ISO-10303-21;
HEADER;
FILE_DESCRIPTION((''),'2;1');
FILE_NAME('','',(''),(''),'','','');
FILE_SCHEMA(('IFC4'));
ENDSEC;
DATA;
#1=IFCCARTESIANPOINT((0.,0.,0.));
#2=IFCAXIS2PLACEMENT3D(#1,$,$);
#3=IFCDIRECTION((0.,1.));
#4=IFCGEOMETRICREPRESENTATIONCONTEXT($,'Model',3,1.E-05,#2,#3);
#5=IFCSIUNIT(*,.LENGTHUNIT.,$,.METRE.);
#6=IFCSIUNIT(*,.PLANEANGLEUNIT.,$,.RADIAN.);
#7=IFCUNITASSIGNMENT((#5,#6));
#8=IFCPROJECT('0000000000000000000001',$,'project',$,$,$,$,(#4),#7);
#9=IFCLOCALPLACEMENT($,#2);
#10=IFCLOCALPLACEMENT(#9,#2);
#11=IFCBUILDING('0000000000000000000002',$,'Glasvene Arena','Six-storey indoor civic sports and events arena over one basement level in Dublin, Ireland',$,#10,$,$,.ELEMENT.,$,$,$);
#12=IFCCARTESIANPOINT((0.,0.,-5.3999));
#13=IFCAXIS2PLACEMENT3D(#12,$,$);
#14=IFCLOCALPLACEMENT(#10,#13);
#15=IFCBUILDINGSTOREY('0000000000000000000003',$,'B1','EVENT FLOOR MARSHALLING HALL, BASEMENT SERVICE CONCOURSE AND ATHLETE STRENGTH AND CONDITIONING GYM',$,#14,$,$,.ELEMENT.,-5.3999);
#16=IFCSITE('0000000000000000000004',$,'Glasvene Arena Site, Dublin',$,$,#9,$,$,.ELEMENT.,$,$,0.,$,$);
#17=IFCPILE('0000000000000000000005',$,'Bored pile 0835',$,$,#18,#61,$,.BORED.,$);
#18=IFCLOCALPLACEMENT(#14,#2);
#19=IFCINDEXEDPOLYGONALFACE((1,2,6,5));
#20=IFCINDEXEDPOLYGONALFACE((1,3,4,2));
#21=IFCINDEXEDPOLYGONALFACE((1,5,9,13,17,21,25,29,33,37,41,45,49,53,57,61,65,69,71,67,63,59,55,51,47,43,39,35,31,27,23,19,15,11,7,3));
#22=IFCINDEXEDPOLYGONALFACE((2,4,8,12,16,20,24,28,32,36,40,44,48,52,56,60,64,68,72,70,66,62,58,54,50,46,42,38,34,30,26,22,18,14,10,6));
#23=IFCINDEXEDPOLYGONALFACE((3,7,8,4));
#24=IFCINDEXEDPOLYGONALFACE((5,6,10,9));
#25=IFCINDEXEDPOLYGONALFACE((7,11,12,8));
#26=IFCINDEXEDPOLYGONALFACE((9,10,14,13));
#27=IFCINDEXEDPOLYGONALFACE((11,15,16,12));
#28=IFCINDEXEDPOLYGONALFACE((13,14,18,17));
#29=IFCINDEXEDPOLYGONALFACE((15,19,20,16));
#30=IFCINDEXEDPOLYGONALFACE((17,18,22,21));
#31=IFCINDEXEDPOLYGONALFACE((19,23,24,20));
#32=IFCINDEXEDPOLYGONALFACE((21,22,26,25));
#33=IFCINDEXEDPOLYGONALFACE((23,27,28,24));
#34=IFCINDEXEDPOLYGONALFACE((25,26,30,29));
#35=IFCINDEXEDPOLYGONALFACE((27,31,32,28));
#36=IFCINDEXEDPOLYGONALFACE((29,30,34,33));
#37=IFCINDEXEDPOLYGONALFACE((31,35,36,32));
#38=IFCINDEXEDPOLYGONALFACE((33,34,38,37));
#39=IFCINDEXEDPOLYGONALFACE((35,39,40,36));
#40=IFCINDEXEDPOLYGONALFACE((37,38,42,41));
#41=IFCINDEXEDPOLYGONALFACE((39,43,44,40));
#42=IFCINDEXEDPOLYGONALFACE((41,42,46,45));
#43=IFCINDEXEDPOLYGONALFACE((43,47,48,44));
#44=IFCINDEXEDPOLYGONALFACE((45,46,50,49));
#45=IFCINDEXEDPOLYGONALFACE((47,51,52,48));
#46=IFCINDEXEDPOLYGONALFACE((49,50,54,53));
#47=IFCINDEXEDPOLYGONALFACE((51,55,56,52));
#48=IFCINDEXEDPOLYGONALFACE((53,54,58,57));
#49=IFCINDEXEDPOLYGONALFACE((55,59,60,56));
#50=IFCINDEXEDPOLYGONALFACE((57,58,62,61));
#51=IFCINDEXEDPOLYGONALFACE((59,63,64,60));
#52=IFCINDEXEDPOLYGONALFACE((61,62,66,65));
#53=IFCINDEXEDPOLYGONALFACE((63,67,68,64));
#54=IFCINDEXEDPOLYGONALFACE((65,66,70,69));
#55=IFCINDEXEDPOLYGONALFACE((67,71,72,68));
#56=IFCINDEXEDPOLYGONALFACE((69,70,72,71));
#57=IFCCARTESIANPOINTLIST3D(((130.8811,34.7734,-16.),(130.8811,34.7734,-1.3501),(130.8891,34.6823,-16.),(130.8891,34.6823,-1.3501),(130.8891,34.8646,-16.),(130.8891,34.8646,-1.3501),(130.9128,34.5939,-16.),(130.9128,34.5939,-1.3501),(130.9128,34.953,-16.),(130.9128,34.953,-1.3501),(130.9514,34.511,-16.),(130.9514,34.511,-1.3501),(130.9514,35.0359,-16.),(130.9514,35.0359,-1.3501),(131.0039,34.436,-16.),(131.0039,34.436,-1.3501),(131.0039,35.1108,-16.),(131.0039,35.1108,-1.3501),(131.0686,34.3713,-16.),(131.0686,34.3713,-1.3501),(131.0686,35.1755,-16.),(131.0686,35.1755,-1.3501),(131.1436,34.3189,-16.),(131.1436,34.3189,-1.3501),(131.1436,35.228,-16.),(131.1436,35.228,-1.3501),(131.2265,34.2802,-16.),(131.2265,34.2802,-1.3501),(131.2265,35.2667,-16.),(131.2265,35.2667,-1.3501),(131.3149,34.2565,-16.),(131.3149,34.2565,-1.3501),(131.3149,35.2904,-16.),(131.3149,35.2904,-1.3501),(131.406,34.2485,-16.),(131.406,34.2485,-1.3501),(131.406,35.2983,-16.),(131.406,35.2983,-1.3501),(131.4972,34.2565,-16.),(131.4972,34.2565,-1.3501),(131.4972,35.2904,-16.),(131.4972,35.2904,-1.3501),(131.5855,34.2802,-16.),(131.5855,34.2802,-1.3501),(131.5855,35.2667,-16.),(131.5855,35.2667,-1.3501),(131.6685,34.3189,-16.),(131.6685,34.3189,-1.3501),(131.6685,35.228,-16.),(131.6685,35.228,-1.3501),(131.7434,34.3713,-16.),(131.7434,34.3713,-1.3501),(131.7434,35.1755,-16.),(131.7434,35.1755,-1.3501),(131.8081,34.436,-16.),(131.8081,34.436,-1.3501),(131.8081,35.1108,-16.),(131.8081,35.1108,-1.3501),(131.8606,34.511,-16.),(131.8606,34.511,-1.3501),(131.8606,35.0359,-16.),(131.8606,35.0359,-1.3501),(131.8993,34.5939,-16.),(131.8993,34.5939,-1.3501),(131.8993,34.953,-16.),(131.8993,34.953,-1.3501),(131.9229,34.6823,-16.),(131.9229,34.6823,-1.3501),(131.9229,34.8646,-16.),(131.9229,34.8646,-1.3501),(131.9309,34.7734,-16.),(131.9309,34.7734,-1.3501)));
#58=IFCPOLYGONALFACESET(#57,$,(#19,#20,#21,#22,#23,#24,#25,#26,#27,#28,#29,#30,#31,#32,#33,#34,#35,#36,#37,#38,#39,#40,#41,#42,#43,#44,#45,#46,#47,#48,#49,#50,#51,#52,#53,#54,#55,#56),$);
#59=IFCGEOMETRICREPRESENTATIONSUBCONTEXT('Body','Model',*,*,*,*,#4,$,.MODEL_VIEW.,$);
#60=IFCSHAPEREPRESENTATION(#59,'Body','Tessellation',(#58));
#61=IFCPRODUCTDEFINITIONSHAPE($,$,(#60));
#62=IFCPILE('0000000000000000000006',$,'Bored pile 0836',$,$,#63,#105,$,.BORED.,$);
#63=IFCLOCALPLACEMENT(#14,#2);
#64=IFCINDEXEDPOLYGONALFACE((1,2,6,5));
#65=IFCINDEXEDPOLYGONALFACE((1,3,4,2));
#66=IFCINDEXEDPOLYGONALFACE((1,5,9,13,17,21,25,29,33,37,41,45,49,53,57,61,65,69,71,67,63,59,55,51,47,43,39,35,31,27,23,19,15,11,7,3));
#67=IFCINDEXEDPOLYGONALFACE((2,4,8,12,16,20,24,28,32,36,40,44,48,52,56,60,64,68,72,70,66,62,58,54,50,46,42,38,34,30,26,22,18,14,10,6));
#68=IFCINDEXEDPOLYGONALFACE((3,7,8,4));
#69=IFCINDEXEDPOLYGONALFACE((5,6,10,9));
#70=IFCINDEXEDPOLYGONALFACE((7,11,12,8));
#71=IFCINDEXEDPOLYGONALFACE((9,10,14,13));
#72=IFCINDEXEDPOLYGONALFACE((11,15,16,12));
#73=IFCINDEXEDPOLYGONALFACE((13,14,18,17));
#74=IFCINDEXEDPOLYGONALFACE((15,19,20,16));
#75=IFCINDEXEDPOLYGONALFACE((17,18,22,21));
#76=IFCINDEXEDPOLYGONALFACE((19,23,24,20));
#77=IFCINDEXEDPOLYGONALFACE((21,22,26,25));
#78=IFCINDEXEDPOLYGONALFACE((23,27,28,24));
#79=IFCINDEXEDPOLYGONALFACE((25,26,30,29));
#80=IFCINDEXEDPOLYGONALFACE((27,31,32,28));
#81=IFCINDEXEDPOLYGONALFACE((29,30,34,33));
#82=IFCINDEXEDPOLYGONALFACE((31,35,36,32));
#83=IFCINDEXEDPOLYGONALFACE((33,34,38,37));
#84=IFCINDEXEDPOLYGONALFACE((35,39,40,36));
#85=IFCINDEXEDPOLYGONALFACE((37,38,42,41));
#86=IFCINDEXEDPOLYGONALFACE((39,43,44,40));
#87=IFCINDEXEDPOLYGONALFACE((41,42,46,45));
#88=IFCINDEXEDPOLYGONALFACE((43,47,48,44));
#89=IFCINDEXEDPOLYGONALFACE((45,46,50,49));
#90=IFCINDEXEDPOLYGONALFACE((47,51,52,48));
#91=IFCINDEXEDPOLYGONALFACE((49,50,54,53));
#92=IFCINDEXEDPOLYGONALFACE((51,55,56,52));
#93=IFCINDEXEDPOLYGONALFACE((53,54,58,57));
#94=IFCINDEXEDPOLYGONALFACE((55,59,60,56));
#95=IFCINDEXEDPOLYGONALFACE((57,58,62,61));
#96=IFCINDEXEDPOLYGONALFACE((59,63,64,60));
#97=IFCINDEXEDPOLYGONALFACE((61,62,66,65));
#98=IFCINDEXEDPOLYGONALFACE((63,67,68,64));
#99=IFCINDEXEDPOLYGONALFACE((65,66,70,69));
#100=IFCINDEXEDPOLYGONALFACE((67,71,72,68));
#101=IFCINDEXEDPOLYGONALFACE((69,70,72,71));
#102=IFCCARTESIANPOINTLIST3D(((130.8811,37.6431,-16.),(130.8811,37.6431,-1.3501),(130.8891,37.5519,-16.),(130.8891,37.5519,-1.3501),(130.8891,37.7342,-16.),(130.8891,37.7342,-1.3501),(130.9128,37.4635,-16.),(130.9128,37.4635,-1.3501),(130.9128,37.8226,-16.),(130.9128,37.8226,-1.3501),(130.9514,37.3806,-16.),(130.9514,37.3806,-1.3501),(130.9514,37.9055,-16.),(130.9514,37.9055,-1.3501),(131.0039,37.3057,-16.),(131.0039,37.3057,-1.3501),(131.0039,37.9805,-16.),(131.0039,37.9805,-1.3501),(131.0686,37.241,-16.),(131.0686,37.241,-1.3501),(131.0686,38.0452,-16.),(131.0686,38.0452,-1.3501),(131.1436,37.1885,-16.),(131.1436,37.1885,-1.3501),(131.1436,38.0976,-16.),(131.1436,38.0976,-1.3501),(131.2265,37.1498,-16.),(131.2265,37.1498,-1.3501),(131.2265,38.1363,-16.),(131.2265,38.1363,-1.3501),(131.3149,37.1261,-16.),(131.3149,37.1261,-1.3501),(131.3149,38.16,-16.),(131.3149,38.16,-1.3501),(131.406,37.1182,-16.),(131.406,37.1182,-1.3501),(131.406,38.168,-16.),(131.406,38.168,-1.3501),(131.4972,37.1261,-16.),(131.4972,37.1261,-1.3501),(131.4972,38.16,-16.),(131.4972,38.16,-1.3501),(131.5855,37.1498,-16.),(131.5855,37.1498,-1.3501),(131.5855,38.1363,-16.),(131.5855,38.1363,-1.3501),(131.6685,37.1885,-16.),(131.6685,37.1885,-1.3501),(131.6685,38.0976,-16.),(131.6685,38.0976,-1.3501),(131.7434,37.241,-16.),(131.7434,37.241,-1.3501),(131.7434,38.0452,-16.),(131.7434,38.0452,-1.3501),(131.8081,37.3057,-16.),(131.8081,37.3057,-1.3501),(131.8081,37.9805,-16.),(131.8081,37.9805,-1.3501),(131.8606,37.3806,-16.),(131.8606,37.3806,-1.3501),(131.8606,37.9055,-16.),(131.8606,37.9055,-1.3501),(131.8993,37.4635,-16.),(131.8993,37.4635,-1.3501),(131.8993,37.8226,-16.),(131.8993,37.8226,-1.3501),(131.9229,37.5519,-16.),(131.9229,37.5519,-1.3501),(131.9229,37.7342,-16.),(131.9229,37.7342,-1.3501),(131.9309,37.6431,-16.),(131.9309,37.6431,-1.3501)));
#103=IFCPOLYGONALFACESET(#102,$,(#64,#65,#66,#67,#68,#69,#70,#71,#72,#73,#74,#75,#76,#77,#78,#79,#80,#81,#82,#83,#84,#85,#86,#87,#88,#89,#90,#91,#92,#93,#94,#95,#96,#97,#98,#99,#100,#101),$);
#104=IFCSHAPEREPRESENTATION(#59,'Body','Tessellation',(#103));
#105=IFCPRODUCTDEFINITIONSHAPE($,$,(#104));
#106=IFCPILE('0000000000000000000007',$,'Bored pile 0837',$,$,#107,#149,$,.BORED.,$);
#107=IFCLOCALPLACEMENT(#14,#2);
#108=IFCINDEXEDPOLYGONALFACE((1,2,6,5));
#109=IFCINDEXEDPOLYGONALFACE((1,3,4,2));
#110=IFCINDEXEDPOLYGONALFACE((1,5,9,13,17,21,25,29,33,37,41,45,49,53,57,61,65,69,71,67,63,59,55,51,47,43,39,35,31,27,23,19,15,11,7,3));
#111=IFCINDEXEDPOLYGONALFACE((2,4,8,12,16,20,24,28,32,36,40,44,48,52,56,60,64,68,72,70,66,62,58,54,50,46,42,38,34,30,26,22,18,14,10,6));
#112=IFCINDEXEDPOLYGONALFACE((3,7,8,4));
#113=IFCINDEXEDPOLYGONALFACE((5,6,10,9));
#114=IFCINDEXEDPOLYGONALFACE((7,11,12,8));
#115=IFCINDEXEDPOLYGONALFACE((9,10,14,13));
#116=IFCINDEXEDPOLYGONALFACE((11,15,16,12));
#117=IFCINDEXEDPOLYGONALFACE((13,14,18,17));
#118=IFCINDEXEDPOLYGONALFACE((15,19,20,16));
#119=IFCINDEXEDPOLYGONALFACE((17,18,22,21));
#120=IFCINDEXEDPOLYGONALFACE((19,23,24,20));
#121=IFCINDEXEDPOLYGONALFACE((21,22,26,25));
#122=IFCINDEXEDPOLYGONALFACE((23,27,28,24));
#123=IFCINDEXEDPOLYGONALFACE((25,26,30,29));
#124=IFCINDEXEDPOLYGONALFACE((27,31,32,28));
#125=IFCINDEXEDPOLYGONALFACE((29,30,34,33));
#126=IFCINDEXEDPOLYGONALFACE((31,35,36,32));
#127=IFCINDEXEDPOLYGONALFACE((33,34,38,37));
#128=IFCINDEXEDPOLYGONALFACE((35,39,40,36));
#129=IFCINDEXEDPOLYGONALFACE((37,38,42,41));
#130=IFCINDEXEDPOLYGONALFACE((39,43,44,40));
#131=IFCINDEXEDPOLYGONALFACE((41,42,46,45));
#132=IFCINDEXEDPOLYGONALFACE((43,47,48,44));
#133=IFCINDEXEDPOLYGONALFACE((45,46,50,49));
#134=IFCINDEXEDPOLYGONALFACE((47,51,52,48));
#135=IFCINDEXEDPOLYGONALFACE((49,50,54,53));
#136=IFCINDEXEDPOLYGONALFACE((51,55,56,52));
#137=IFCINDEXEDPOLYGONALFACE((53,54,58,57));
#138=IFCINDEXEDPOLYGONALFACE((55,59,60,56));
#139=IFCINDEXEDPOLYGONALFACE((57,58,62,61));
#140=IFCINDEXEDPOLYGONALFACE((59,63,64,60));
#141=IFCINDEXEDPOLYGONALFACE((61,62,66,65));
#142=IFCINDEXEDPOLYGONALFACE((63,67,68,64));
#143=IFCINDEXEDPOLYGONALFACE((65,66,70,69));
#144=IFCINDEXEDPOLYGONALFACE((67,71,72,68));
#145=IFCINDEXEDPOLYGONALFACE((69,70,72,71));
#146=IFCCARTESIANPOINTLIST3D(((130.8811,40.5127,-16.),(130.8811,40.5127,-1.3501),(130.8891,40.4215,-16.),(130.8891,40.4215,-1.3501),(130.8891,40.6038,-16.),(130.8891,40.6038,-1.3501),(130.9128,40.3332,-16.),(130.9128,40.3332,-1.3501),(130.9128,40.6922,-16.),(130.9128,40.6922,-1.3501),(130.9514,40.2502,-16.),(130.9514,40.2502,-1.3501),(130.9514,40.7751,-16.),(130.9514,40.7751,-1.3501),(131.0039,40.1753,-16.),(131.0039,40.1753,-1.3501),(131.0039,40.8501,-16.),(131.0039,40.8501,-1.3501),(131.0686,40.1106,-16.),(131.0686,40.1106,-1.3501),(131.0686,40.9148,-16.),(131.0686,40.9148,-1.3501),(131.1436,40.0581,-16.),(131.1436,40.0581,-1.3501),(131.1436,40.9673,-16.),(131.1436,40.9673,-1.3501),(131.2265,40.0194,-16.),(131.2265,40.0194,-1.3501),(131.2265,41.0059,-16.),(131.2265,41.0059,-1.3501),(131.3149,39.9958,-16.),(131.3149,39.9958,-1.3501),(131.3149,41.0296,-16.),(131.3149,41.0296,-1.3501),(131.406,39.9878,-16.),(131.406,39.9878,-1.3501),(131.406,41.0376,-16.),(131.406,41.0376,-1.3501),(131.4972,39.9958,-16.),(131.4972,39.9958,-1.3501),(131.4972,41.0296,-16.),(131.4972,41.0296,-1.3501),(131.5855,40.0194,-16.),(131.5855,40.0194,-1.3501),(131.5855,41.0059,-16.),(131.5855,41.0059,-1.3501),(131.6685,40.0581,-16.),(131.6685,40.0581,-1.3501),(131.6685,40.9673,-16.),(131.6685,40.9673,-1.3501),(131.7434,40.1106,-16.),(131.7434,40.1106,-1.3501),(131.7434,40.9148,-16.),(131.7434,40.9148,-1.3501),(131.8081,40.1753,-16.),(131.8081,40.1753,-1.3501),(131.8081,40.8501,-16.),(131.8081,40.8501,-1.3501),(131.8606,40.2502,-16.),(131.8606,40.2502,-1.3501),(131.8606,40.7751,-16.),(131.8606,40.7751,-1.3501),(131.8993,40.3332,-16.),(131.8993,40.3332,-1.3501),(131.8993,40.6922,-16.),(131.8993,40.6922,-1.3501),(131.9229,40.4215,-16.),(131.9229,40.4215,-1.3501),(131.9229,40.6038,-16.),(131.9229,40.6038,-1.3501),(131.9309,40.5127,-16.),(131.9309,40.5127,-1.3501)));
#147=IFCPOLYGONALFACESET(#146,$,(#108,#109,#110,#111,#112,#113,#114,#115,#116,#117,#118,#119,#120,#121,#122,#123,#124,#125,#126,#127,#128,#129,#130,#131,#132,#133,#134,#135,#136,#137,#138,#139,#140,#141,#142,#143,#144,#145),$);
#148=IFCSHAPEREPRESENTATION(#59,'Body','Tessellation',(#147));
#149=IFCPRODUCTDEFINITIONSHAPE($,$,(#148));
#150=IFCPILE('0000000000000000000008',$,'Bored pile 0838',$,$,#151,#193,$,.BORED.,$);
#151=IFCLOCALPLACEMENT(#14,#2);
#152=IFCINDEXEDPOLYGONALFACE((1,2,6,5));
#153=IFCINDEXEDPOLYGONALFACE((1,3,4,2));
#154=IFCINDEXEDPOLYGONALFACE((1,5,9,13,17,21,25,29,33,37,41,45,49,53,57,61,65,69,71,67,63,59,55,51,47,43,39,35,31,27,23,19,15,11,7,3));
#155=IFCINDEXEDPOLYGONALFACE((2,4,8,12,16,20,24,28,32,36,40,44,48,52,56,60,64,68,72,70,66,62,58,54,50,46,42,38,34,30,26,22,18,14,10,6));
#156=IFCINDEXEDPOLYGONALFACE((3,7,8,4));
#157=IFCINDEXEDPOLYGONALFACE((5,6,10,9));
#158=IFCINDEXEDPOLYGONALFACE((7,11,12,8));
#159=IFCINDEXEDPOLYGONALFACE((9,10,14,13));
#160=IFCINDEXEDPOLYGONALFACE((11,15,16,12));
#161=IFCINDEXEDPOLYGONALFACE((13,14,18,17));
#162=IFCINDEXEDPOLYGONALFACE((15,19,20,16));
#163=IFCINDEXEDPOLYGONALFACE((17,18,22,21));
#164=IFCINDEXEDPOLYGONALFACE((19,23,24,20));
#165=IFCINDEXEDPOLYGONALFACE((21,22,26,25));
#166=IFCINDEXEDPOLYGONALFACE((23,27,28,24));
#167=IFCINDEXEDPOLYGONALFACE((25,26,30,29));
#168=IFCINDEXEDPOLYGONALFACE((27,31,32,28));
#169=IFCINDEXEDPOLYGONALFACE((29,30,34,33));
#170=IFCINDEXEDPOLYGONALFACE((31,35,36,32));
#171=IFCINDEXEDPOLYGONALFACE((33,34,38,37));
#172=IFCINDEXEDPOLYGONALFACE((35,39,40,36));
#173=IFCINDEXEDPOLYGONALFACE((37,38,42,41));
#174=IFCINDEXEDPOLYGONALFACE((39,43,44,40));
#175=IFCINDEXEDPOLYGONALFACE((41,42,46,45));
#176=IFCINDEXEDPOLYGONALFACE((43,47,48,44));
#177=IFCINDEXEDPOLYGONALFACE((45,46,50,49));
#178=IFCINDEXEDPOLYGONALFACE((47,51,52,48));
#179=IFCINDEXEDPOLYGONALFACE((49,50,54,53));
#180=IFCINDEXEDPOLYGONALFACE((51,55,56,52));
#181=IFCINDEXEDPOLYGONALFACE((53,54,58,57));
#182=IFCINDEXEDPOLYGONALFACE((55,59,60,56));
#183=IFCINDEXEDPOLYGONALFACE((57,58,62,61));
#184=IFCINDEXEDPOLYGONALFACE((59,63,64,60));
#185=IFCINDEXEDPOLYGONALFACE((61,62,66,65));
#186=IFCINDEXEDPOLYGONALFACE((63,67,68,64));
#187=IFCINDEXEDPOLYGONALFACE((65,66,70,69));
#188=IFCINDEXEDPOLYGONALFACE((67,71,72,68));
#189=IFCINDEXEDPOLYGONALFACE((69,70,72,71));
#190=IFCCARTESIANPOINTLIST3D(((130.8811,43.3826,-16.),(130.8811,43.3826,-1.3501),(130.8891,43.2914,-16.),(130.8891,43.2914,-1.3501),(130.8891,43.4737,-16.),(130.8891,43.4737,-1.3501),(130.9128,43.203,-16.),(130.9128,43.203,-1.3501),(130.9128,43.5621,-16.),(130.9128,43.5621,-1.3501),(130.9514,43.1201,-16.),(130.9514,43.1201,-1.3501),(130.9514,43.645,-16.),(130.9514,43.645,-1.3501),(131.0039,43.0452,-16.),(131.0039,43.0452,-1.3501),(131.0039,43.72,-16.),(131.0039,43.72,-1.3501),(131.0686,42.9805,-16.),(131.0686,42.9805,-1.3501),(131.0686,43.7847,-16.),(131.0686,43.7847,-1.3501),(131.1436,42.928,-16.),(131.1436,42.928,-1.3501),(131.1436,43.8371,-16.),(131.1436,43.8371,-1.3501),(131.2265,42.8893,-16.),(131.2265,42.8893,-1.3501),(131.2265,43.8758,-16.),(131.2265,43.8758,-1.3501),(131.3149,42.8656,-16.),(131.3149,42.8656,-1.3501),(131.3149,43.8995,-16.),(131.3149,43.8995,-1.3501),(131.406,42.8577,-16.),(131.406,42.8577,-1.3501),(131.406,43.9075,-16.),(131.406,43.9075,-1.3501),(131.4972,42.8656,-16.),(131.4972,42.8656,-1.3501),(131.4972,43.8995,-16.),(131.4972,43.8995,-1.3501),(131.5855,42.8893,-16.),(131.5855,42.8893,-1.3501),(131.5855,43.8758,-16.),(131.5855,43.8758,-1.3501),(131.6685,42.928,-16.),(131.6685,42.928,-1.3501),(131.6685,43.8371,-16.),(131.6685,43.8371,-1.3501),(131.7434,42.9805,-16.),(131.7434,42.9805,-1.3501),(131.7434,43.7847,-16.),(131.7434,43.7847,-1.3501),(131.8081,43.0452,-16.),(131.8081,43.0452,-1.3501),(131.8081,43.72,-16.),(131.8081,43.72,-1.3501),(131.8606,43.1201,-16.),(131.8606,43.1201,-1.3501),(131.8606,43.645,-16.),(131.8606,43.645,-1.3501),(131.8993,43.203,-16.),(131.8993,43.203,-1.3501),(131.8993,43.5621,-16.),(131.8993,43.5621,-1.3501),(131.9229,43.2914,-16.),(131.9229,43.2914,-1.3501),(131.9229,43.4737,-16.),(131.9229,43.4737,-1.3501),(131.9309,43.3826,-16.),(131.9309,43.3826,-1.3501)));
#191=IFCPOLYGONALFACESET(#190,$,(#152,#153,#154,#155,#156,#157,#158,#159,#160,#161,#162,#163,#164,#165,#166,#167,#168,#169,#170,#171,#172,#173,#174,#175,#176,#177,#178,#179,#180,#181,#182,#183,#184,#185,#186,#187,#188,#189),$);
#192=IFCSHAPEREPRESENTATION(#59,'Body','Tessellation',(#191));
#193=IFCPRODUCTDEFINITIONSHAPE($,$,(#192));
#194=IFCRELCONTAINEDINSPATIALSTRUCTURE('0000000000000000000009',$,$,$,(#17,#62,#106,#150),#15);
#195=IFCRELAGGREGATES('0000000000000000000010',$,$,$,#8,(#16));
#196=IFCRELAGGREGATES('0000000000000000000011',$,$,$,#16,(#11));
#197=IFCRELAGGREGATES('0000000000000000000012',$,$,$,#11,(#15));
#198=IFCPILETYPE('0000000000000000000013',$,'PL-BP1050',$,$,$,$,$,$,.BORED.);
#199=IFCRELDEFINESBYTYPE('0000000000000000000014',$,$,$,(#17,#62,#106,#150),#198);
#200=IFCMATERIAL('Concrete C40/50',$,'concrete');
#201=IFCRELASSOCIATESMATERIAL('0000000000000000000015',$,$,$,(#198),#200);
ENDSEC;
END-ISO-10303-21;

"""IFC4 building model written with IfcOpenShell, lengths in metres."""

from ifc_helpers import new_model, si_unit, direction, frame, origin, origin_2d, place, context, subcontext, project, spatial, circle, extrude, material, material_profile, profile_set, type_object, element, save


model = new_model("IFC4")

# Units and contexts
model_context = context("Model", 3, precision=1e-05, world=origin(), true_north=direction((0.0, 1.0)))
body_context = subcontext(model_context, "Body", "Model", "MODEL_VIEW")
ifc_project = project(units=[si_unit("LENGTHUNIT", "METRE"), si_unit("PLANEANGLEUNIT", "RADIAN")], contexts=[model_context])

# Site, building, storey
site_placement = place(None, origin())
site = spatial("IfcSite", under=ifc_project, at=site_placement, Name="Glasvene Arena Site, Dublin", CompositionType="ELEMENT", RefElevation=0.0)
building_placement = place(site_placement, origin())
building = spatial("IfcBuilding", under=site, at=building_placement, Name="Glasvene Arena", Description="Six-storey indoor civic sports and events arena over one basement level in Dublin, Ireland", CompositionType="ELEMENT")
storey_placement = place(building_placement, frame((0.0, 0.0, -5.3999)))
storey = spatial("IfcBuildingStorey", under=building, at=storey_placement, Name="B1", Description="EVENT FLOOR MARSHALLING HALL, BASEMENT SERVICE CONCOURSE AND ATHLETE STRENGTH AND CONDITIONING GYM", CompositionType="ELEMENT", Elevation=-5.3999)

# Piles
ifc_material_1 = material(Name="Concrete C40/50", Category="concrete")
ifc_material_profile_1 = material_profile(ifc_material_1, circle(Radius=0.5249, at=origin_2d()), Name="BORED PILE 1050")
ifc_profile_set_1 = profile_set([ifc_material_profile_1], Name="Concrete C40/50")
pile_type = type_object("IfcPileType", Name="PL-BP1050", PredefinedType="BORED", material=ifc_profile_set_1)
for number, where, z_axis, x_axis, name in (
    (1, (131.406, 34.7734, -1.3501), (0.0, 0.0, -1.0), (1.0, 0.0, 0.0), "Bored pile 0835"),
    (2, (131.406, 37.6431, -1.3501), (0.0, 0.0, -1.0), (1.0, 0.0, 0.0), "Bored pile 0836"),
    (3, (131.406, 40.5127, -1.3501), (0.0, 0.0, -1.0), (1.0, 0.0, 0.0), "Bored pile 0837"),
    (4, (131.406, 43.3826, -1.3501), (0.0, 0.0, -1.0), (1.0, 0.0, 0.0), "Bored pile 0838"),
):
    element("IfcPile", number, at=place(storey_placement, frame(where, z_axis=z_axis, x_axis=x_axis)), inside=storey, type_object=pile_type, Name=name, PredefinedType="BORED", context=body_context, shape_type="SweptSolid", body=[
        extrude(circle(Radius=0.5249, at=origin_2d()), origin(), (0.0, 0.0, 1.0), 14.6499),
    ])

save(model, "model.ifc")
